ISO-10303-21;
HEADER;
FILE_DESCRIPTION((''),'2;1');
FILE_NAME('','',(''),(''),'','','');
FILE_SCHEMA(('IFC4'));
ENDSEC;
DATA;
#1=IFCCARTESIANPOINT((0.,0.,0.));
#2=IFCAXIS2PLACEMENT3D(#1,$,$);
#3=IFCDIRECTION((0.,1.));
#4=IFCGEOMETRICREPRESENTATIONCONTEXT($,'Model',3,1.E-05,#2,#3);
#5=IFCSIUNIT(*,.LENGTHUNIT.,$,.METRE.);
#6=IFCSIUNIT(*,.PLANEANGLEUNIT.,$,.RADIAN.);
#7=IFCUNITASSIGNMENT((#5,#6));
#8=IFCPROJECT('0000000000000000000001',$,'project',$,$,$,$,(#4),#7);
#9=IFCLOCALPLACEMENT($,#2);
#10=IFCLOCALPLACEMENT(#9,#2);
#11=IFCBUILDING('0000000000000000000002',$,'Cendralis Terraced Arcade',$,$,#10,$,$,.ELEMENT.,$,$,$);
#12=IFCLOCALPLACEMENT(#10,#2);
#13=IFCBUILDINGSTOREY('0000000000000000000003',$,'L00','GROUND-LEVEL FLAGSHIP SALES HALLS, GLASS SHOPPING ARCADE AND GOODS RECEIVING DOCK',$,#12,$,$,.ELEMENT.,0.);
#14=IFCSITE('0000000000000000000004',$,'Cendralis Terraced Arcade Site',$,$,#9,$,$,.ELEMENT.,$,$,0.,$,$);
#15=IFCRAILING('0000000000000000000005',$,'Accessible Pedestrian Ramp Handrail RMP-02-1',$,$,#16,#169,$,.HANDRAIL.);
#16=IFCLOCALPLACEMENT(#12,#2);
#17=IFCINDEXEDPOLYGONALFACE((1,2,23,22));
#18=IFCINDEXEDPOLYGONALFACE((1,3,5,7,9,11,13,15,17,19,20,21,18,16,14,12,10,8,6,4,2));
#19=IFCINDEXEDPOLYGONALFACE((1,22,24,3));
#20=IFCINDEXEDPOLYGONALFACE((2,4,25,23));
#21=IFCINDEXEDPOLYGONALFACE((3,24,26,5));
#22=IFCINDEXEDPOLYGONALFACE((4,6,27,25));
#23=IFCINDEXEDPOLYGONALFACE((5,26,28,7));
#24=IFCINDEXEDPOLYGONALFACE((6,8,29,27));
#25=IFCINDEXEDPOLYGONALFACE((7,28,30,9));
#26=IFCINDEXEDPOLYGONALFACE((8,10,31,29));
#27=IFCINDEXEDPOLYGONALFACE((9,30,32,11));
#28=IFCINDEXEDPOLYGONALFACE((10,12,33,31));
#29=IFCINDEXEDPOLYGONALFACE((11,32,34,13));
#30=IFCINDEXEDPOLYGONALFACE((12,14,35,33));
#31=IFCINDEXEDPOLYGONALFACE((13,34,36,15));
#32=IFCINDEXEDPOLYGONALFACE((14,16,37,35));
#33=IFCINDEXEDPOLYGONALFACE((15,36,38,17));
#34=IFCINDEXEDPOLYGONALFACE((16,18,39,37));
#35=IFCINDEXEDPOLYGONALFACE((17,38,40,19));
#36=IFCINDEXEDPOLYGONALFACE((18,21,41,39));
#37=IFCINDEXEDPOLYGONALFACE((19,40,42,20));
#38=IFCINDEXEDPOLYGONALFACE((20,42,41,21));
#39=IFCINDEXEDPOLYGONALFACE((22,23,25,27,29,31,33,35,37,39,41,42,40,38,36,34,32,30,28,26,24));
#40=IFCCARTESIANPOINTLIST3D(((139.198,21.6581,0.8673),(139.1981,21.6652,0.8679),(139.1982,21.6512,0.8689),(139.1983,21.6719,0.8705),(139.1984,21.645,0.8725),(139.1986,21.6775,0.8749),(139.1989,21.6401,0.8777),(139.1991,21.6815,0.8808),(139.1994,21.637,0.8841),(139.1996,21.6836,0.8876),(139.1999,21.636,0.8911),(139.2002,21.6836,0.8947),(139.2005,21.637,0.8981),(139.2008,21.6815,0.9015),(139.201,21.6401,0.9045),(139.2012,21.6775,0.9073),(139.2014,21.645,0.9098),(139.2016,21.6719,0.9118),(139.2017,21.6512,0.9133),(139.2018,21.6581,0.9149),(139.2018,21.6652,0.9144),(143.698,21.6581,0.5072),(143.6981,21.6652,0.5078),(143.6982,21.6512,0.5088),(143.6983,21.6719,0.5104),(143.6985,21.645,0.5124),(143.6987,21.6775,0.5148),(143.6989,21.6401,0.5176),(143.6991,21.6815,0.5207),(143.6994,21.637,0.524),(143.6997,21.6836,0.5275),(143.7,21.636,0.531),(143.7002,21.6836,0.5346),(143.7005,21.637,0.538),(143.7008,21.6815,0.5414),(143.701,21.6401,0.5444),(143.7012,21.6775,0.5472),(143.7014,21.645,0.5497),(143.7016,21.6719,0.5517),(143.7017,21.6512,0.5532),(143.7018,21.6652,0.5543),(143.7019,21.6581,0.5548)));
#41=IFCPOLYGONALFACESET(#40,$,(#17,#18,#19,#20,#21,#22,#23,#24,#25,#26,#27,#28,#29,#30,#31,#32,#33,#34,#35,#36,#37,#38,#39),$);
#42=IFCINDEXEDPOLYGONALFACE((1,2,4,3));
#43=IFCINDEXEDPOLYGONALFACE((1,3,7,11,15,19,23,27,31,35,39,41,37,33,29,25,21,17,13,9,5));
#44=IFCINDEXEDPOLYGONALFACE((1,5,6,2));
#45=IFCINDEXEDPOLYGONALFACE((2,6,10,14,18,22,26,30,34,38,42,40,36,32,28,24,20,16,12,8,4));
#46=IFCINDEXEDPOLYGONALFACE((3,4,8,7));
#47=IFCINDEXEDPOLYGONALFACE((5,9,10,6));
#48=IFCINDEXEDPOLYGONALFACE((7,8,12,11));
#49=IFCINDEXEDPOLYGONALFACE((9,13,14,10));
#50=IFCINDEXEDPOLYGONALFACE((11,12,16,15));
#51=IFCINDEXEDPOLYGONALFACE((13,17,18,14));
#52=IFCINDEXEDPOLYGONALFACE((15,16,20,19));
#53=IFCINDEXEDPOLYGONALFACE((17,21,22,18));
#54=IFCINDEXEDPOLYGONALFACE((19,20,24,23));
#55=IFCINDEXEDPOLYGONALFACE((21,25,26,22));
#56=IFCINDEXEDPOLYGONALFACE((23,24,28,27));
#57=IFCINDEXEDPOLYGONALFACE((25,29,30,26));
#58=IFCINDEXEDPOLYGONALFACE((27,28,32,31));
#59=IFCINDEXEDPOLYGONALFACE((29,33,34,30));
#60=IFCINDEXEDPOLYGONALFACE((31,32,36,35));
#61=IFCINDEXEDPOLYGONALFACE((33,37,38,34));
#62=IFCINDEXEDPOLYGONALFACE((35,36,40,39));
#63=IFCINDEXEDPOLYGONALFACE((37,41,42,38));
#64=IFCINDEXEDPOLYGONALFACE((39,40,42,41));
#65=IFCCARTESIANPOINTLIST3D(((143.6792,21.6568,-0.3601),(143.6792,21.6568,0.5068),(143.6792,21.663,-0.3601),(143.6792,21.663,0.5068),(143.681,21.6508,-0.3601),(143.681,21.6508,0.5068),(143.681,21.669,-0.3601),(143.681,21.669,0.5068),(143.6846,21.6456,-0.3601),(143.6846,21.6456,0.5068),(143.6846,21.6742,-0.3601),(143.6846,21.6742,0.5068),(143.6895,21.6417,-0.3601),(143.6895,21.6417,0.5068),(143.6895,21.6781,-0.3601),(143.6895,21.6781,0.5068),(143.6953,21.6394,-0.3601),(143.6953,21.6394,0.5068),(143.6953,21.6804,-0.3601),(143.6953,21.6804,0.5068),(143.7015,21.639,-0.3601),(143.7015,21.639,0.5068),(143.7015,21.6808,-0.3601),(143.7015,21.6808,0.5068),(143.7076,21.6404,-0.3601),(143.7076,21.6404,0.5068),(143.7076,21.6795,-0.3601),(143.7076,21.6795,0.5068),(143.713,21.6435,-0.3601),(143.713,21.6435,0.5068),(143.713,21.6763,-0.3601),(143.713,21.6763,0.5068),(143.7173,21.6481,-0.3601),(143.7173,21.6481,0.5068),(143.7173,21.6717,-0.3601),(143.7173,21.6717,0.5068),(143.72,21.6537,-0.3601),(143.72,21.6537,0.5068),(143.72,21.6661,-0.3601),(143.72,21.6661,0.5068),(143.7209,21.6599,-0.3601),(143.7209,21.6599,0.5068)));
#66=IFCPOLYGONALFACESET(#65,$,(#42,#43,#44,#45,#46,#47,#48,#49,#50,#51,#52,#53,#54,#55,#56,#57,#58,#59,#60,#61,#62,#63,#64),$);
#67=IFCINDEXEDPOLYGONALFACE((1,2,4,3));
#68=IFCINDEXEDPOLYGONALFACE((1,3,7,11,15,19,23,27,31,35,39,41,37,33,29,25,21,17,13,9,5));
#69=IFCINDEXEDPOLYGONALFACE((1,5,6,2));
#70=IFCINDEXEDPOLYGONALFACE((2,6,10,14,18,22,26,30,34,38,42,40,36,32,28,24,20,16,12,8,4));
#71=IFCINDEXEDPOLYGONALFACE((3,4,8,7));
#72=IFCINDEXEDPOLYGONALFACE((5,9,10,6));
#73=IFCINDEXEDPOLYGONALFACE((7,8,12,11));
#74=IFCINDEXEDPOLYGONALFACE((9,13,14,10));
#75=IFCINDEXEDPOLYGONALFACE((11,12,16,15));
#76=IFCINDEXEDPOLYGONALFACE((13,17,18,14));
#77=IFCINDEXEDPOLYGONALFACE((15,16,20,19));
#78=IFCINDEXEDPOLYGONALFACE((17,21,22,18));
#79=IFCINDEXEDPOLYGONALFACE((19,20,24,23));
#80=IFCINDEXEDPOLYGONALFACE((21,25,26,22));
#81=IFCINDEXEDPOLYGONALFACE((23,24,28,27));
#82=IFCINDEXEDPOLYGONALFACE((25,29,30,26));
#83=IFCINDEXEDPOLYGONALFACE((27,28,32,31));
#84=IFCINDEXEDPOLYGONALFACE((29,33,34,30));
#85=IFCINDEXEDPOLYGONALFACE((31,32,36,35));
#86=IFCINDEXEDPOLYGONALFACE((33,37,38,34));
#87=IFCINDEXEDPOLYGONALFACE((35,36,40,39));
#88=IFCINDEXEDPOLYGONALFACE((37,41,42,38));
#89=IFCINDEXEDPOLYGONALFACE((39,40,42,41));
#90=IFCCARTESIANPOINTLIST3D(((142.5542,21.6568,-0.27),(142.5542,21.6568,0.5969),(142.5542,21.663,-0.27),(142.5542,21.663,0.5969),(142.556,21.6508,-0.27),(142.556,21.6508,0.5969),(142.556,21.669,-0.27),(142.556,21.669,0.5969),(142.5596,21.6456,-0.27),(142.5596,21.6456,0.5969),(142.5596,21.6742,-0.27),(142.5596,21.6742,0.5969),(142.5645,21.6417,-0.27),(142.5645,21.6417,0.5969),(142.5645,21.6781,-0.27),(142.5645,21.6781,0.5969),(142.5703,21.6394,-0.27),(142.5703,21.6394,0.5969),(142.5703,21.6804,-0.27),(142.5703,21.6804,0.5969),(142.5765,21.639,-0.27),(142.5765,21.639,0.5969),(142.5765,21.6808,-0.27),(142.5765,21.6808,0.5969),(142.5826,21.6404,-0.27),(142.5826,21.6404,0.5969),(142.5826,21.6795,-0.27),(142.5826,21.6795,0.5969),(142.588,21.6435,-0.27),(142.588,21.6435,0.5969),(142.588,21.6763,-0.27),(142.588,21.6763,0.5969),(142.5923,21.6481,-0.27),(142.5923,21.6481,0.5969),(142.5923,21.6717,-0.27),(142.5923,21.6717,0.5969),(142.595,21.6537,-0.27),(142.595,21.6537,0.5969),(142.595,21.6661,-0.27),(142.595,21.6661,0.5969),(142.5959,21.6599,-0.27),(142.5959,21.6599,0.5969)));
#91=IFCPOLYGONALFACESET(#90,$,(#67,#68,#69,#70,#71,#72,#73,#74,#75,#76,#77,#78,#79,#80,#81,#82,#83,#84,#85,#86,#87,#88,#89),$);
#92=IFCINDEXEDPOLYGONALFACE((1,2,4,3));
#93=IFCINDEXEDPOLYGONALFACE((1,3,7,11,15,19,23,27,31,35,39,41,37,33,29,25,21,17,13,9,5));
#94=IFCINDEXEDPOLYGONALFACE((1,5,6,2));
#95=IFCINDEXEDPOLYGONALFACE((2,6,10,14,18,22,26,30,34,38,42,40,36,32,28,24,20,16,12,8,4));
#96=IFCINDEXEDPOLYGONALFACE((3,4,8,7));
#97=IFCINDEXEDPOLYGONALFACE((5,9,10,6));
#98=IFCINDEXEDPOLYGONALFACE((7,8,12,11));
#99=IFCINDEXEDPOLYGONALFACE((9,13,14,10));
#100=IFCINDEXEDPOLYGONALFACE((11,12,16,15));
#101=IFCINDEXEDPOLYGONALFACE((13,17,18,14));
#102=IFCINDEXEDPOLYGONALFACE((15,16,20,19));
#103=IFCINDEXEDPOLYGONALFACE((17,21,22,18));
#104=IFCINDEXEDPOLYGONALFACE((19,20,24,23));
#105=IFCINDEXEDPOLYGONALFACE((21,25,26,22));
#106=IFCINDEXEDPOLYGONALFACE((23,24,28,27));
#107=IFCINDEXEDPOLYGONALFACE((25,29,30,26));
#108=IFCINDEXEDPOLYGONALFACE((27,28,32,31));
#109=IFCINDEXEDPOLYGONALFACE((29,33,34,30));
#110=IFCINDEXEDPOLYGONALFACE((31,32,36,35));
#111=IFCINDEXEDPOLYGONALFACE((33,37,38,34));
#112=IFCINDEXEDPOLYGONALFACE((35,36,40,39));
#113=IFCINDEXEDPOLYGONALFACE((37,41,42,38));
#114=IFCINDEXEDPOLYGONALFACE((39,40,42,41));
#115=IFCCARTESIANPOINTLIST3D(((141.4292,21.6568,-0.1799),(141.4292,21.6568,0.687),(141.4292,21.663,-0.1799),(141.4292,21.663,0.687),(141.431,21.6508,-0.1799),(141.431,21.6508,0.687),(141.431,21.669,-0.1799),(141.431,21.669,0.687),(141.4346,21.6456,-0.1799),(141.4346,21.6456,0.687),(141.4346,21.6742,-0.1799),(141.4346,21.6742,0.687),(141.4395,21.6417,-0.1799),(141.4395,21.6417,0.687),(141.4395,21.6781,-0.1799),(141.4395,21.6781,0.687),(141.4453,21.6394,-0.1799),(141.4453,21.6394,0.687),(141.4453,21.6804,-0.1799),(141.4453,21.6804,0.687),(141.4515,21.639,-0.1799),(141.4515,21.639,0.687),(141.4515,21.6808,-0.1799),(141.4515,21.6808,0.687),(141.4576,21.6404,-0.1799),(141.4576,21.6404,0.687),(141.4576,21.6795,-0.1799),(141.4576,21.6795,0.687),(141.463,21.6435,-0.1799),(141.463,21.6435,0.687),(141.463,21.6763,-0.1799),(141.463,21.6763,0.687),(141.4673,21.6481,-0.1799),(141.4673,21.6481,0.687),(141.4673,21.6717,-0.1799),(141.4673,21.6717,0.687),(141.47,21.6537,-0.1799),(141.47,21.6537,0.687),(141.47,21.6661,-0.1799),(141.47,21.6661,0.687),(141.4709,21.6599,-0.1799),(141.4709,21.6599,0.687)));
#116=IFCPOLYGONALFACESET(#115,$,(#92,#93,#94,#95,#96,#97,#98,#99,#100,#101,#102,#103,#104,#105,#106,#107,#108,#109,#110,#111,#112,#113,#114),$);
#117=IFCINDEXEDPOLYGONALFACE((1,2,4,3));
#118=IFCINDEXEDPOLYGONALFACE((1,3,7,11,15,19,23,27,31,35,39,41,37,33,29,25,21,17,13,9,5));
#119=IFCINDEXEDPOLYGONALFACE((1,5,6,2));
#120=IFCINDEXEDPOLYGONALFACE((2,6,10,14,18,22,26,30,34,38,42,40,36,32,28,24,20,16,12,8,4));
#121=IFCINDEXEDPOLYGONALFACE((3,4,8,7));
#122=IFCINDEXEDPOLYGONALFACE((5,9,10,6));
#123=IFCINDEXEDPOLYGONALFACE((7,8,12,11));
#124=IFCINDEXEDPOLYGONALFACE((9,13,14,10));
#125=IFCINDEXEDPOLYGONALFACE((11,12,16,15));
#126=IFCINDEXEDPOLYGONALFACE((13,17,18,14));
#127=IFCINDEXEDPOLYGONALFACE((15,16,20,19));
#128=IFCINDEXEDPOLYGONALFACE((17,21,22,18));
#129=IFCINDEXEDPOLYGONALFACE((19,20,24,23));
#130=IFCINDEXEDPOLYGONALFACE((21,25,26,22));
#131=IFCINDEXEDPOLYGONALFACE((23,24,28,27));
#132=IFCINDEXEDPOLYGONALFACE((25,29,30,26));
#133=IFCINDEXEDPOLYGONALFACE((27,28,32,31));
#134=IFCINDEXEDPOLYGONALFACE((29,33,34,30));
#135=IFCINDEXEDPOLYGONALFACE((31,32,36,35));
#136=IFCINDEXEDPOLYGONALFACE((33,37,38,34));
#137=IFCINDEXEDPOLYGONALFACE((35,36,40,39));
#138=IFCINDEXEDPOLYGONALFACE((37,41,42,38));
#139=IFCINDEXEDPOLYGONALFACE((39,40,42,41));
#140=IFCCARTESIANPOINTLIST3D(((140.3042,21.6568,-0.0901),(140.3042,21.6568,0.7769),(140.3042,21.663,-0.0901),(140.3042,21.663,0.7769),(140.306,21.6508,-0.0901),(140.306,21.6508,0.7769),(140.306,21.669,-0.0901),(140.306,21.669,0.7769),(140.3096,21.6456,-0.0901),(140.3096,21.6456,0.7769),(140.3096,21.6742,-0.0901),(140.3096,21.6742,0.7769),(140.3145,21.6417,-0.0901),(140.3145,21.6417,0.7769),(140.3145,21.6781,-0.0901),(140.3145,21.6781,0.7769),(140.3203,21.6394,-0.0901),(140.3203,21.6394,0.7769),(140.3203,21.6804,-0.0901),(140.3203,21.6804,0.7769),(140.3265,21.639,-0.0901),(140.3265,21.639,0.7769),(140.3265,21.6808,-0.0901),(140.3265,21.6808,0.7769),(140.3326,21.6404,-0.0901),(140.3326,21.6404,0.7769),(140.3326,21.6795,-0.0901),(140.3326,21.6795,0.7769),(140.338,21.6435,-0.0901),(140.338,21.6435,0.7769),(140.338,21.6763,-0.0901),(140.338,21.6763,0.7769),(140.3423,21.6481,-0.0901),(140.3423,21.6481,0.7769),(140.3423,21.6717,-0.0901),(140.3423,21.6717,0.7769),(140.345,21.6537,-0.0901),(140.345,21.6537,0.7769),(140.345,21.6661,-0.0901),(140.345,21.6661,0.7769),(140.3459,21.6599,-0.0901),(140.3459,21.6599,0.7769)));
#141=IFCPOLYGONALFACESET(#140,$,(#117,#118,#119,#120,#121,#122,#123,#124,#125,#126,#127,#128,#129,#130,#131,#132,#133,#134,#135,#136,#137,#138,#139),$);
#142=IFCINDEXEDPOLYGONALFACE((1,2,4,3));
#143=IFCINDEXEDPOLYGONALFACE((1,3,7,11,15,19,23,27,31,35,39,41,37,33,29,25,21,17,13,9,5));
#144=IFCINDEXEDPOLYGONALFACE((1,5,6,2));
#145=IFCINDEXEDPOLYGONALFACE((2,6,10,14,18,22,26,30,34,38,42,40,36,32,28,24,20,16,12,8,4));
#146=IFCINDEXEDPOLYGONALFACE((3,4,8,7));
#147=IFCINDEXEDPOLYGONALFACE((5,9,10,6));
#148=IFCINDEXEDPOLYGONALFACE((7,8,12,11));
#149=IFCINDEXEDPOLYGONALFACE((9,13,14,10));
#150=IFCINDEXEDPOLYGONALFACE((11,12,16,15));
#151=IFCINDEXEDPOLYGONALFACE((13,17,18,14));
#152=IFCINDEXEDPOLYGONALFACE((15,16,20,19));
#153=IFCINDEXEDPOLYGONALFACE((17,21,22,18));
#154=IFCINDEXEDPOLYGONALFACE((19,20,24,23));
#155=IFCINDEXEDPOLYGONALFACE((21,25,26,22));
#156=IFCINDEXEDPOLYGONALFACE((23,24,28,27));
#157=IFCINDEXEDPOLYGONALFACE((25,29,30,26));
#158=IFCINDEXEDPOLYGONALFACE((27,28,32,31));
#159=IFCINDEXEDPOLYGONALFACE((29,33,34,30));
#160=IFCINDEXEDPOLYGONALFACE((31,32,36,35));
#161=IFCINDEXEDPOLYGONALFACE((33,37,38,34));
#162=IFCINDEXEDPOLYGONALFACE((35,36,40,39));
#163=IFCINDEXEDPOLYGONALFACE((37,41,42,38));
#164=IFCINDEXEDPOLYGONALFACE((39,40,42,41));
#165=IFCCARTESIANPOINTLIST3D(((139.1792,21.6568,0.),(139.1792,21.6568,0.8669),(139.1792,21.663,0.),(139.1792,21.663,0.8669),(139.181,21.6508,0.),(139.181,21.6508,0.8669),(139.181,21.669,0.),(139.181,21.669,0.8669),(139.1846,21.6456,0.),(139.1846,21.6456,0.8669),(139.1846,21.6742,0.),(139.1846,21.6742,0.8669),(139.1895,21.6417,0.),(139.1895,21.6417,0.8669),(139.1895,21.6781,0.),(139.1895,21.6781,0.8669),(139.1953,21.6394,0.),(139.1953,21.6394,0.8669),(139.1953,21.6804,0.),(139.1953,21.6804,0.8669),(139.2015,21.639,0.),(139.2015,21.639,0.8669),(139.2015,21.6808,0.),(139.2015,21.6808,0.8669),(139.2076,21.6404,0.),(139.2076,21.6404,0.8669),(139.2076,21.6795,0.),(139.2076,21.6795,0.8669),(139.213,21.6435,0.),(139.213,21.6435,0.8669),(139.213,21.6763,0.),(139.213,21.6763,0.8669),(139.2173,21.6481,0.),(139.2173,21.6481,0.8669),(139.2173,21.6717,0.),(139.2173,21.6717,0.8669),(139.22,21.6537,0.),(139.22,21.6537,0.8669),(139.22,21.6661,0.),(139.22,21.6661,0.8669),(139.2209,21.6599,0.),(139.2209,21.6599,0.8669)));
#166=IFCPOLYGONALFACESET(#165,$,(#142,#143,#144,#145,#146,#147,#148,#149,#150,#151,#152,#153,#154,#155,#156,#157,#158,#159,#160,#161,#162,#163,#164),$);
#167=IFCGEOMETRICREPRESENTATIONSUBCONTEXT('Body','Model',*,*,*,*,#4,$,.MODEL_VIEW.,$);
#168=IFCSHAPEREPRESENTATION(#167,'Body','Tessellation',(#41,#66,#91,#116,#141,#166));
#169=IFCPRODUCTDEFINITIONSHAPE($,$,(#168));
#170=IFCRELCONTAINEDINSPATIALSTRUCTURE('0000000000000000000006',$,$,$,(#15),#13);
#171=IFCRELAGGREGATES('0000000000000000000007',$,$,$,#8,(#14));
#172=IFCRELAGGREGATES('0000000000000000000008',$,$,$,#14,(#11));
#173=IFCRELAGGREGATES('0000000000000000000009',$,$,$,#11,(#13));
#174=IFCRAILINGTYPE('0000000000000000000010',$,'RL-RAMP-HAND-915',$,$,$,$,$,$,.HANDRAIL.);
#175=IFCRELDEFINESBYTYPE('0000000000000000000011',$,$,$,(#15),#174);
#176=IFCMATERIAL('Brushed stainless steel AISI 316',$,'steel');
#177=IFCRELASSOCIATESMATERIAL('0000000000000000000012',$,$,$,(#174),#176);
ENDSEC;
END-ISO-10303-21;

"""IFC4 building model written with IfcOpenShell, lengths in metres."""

from ifc_helpers import new_model, si_unit, direction, frame, origin, origin_2d, place, context, subcontext, project, spatial, circle, extrude, material, type_object, element, save


model = new_model("IFC4")

# Units and contexts
model_context = context("Model", 3, precision=1e-05, world=origin(), true_north=direction((0.0, 1.0)))
body_context = subcontext(model_context, "Body", "Model", "MODEL_VIEW")
ifc_project = project(units=[si_unit("LENGTHUNIT", "METRE"), si_unit("PLANEANGLEUNIT", "RADIAN")], contexts=[model_context])

# Site, building, storey
site_placement = place(None, origin())
site = spatial("IfcSite", under=ifc_project, at=site_placement, Name="Cendralis Terraced Arcade Site", CompositionType="ELEMENT", RefElevation=0.0)
building_placement = place(site_placement, origin())
building = spatial("IfcBuilding", under=site, at=building_placement, Name="Cendralis Terraced Arcade", CompositionType="ELEMENT")
storey_placement = place(building_placement, origin())
storey = spatial("IfcBuildingStorey", under=building, at=storey_placement, Name="L00", Description="GROUND-LEVEL FLAGSHIP SALES HALLS, GLASS SHOPPING ARCADE AND GOODS RECEIVING DOCK", CompositionType="ELEMENT", Elevation=0.0)

# Railing
ifc_material_1 = material(Name="Brushed stainless steel AISI 316", Category="steel")
railing_type = type_object("IfcRailingType", Name="RL-RAMP-HAND-915", PredefinedType="HANDRAIL", material=ifc_material_1)
for number, where, name in (
    (1, (143.7, 21.6599, -0.3601), "Accessible Pedestrian Ramp Handrail RMP-02-1"),
):
    element("IfcRailing", number, at=place(storey_placement, frame(where)), inside=storey, type_object=railing_type, Name=name, PredefinedType="HANDRAIL", context=body_context, shape_type="SweptSolid", body=[
        extrude(circle(Radius=0.0239, at=origin_2d()), frame((0.0, 0.0, 0.8911), z_axis=(-0.996813, 0.0, 0.079769), x_axis=(0.0, -1.0, 0.0)), (0.0, 0.0, 1.0), 4.5144),
        extrude(circle(Radius=0.021, at=origin_2d()), origin(), (0.0, 0.0, 1.0), 0.8669),
        extrude(circle(Radius=0.021, at=origin_2d()), frame((-1.125, 0.0, 0.0901)), (0.0, 0.0, 1.0), 0.8669),
        extrude(circle(Radius=0.021, at=origin_2d()), frame((-2.25, 0.0, 0.1802)), (0.0, 0.0, 1.0), 0.8669),
        extrude(circle(Radius=0.021, at=origin_2d()), frame((-3.375, 0.0, 0.27)), (0.0, 0.0, 1.0), 0.8669),
        extrude(circle(Radius=0.021, at=origin_2d()), frame((-4.5, 0.0, 0.3601)), (0.0, 0.0, 1.0), 0.8669),
    ])

save(model, "model.ifc")
